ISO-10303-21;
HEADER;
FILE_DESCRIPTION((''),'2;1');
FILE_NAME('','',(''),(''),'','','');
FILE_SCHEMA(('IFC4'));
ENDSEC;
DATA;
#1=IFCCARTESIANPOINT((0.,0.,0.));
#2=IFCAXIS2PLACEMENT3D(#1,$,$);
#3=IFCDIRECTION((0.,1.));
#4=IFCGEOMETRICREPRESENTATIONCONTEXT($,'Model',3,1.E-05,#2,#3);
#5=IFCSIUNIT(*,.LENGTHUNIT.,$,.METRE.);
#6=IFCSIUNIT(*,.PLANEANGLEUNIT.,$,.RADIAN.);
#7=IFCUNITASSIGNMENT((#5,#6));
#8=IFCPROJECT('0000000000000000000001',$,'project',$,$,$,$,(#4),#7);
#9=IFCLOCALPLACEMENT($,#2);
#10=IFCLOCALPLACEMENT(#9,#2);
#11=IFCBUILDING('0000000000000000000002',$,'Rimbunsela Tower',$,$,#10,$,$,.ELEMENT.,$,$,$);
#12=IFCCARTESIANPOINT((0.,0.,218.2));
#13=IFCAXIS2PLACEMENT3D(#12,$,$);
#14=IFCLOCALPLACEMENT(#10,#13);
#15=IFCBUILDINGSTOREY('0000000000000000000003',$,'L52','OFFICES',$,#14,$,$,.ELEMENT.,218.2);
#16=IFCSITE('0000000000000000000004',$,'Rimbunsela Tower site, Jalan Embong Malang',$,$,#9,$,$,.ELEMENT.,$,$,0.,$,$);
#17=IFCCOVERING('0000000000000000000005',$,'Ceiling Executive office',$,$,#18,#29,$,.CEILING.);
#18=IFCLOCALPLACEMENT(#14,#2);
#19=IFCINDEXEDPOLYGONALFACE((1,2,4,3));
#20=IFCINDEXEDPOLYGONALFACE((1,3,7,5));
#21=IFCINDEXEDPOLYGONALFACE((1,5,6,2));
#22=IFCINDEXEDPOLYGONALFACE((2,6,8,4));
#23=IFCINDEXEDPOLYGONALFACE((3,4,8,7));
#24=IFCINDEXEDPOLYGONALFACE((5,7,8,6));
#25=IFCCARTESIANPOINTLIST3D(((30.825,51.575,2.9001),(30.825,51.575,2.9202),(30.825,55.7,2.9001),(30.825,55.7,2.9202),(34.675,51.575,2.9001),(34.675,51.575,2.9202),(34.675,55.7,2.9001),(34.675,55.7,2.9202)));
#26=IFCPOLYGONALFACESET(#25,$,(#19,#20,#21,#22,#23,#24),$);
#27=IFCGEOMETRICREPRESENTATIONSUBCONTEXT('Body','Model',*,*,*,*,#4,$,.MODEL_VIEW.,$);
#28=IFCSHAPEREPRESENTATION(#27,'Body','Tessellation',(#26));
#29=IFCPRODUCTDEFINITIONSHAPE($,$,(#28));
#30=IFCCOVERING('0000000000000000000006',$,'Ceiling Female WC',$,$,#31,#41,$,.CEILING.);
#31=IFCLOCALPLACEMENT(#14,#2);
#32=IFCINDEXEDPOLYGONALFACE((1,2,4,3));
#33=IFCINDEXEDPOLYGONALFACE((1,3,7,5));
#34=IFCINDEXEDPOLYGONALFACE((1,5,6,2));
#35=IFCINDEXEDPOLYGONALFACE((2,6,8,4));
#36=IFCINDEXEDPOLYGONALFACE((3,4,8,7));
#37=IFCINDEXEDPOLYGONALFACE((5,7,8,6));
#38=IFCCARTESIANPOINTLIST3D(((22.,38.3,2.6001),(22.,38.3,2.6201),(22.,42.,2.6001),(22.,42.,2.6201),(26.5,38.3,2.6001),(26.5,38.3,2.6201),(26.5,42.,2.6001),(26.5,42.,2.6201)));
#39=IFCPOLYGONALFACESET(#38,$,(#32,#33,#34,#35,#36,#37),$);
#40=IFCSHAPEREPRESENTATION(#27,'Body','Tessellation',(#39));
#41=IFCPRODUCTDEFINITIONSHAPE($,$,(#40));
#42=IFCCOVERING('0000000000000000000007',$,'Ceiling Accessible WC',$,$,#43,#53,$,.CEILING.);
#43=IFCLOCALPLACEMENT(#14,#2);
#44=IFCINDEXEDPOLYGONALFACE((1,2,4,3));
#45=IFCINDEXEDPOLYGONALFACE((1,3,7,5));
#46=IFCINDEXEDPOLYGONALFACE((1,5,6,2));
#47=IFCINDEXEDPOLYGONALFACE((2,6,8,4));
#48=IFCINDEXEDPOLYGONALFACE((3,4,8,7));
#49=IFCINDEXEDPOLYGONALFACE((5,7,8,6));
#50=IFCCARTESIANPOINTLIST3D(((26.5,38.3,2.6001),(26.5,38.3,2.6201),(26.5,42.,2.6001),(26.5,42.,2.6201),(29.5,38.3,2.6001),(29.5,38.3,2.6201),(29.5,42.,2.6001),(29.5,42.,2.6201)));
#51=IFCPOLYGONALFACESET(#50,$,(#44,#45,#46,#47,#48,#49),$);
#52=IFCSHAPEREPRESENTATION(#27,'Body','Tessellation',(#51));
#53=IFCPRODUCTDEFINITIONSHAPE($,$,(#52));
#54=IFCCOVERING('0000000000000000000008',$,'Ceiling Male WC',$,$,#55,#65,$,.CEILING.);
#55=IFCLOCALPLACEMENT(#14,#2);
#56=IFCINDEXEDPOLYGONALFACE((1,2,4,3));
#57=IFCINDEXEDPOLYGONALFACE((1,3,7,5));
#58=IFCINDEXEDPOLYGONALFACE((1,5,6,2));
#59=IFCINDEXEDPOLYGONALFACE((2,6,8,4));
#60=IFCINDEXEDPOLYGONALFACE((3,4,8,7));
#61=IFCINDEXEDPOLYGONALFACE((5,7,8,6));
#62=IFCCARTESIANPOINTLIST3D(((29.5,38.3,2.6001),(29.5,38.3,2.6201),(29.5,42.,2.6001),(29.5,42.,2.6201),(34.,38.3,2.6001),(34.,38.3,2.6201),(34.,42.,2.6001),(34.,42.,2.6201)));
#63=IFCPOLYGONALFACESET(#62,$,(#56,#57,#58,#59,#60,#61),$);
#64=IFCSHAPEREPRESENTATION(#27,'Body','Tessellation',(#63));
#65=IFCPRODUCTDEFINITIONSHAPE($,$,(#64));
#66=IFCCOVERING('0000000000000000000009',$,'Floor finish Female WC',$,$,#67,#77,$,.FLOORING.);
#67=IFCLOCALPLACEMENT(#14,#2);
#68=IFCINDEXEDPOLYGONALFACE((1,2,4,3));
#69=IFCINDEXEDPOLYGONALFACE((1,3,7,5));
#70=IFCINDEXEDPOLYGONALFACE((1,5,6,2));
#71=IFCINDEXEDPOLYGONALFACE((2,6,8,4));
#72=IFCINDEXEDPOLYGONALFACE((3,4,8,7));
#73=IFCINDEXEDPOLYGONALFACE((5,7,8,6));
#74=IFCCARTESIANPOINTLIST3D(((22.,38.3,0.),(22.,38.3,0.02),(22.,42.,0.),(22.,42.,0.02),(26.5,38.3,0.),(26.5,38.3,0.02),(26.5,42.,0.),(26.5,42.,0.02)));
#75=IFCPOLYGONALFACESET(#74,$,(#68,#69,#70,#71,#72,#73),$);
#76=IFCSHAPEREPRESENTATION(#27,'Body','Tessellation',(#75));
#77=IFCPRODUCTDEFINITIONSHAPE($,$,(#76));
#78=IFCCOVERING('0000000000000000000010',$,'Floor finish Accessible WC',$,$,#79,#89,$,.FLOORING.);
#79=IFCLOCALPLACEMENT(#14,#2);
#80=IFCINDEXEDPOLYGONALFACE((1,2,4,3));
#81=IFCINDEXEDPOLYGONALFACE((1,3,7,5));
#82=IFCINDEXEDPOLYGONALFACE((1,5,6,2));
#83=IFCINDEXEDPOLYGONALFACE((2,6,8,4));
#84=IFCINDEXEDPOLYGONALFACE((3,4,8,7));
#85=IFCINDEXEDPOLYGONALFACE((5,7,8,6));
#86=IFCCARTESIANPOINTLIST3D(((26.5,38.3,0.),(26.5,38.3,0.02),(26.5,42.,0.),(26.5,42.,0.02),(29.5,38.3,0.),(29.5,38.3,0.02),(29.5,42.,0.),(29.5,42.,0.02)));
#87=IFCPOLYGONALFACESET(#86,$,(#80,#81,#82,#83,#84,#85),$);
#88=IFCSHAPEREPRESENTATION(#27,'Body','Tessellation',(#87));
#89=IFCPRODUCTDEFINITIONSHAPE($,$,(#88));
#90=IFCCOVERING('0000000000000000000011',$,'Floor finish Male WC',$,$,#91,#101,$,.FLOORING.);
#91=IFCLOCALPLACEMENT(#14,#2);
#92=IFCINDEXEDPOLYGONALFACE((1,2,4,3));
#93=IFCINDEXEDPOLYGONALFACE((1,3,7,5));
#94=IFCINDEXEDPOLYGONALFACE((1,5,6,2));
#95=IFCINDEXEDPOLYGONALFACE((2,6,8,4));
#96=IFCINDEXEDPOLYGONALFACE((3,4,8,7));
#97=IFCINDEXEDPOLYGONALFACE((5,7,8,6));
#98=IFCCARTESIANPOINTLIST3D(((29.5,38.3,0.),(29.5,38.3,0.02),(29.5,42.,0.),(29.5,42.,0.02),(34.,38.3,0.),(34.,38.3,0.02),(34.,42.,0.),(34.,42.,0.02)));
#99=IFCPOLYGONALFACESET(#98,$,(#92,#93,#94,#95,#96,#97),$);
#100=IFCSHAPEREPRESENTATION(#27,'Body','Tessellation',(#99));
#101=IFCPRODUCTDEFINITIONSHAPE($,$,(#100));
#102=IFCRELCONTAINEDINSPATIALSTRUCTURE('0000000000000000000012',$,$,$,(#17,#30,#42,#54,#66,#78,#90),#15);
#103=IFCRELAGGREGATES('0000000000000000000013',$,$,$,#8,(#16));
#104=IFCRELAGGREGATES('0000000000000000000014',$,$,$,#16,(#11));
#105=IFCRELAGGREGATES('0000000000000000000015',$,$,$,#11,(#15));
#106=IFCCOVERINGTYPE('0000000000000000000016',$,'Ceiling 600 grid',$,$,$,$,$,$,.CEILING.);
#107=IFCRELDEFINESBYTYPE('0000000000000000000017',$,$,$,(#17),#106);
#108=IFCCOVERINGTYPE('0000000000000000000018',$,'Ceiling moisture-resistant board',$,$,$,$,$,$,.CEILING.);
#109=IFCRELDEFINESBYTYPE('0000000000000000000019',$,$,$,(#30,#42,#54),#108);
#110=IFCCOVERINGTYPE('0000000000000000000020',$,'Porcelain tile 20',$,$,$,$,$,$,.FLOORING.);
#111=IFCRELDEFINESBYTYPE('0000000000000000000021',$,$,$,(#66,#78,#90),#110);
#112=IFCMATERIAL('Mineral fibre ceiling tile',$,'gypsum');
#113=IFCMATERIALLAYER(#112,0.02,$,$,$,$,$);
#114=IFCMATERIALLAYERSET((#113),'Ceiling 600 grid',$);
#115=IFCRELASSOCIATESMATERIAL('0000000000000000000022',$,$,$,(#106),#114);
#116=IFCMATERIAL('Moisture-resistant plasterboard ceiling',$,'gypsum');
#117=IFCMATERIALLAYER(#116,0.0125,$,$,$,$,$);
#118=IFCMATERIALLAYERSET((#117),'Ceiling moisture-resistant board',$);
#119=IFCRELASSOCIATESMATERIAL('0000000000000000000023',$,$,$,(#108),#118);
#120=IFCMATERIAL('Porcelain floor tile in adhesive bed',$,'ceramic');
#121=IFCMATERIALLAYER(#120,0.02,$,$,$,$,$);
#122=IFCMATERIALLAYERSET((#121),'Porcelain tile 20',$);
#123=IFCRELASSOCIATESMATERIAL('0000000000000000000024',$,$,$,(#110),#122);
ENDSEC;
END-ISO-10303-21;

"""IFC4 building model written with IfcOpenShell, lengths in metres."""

from ifc_helpers import new_model, si_unit, direction, frame, origin, place, context, subcontext, project, spatial, polyline, outline, extrude, material, layer, layer_set, type_object, element, save


model = new_model("IFC4")

# Units and contexts
model_context = context("Model", 3, precision=1e-05, world=origin(), true_north=direction((0.0, 1.0)))
body_context = subcontext(model_context, "Body", "Model", "MODEL_VIEW")
ifc_project = project(units=[si_unit("LENGTHUNIT", "METRE"), si_unit("PLANEANGLEUNIT", "RADIAN")], contexts=[model_context])

# Site, building, storey
site_placement = place(None, origin())
site = spatial("IfcSite", under=ifc_project, at=site_placement, Name="Rimbunsela Tower site, Jalan Embong Malang", CompositionType="ELEMENT", RefElevation=0.0)
building_placement = place(site_placement, origin())
building = spatial("IfcBuilding", under=site, at=building_placement, Name="Rimbunsela Tower", CompositionType="ELEMENT")
storey_placement = place(building_placement, frame((0.0, 0.0, 218.2)))
storey = spatial("IfcBuildingStorey", under=building, at=storey_placement, Name="L52", Description="OFFICES", CompositionType="ELEMENT", Elevation=218.2)

# Coverings
ifc_material_1 = material(Name="Mineral fibre ceiling tile", Category="gypsum")
ifc_layer_1 = layer(ifc_material_1, 0.02)
ifc_layer_set_1 = layer_set([ifc_layer_1], Name="Ceiling 600 grid")
covering_type_1 = type_object("IfcCoveringType", Name="Ceiling 600 grid", PredefinedType="CEILING", material=ifc_layer_set_1)
covering_1_placement = place(storey_placement, frame((0.0, 0.0, 2.9001)))
element("IfcCovering", 1, at=covering_1_placement, inside=storey, type_object=covering_type_1, Name="Ceiling Executive office", PredefinedType="CEILING", context=body_context, shape_type="SweptSolid", body=[
    extrude(outline(polyline([(34.675, 51.575), (34.675, 55.7), (30.825, 55.7), (30.825, 51.575), (34.675, 51.575)])), origin(), (0.0, 0.0, 1.0), 0.02),
])
ifc_material_2 = material(Name="Moisture-resistant plasterboard ceiling", Category="gypsum")
ifc_layer_2 = layer(ifc_material_2, 0.0125)
ifc_layer_set_2 = layer_set([ifc_layer_2], Name="Ceiling moisture-resistant board")
covering_type_2 = type_object("IfcCoveringType", Name="Ceiling moisture-resistant board", PredefinedType="CEILING", material=ifc_layer_set_2)
covering_2_placement = place(storey_placement, frame((0.0, 0.0, 2.6001)))
element("IfcCovering", 2, at=covering_2_placement, inside=storey, type_object=covering_type_2, Name="Ceiling Female WC", PredefinedType="CEILING", context=body_context, shape_type="SweptSolid", body=[
    extrude(outline(polyline([(26.5, 38.3), (26.5, 42.0), (22.0, 42.0), (22.0, 38.3), (26.5, 38.3)])), origin(), (0.0, 0.0, 1.0), 0.02),
])
covering_3_placement = place(storey_placement, frame((0.0, 0.0, 2.6001)))
element("IfcCovering", 3, at=covering_3_placement, inside=storey, type_object=covering_type_2, Name="Ceiling Accessible WC", PredefinedType="CEILING", context=body_context, shape_type="SweptSolid", body=[
    extrude(outline(polyline([(29.5, 38.3), (29.5, 42.0), (26.5, 42.0), (26.5, 38.3), (29.5, 38.3)])), origin(), (0.0, 0.0, 1.0), 0.02),
])
covering_4_placement = place(storey_placement, frame((0.0, 0.0, 2.6001)))
element("IfcCovering", 4, at=covering_4_placement, inside=storey, type_object=covering_type_2, Name="Ceiling Male WC", PredefinedType="CEILING", context=body_context, shape_type="SweptSolid", body=[
    extrude(outline(polyline([(34.0, 38.3), (34.0, 42.0), (29.5, 42.0), (29.5, 38.3), (34.0, 38.3)])), origin(), (0.0, 0.0, 1.0), 0.02),
])
ifc_material_3 = material(Name="Porcelain floor tile in adhesive bed", Category="ceramic")
ifc_layer_3 = layer(ifc_material_3, 0.02)
ifc_layer_set_3 = layer_set([ifc_layer_3], Name="Porcelain tile 20")
covering_type_3 = type_object("IfcCoveringType", Name="Porcelain tile 20", PredefinedType="FLOORING", material=ifc_layer_set_3)
covering_5_placement = place(storey_placement, origin())
element("IfcCovering", 5, at=covering_5_placement, inside=storey, type_object=covering_type_3, Name="Floor finish Female WC", PredefinedType="FLOORING", context=body_context, shape_type="SweptSolid", body=[
    extrude(outline(polyline([(26.5, 38.3), (26.5, 42.0), (22.0, 42.0), (22.0, 38.3), (26.5, 38.3)])), origin(), (0.0, 0.0, 1.0), 0.02),
])
covering_6_placement = place(storey_placement, origin())
element("IfcCovering", 6, at=covering_6_placement, inside=storey, type_object=covering_type_3, Name="Floor finish Accessible WC", PredefinedType="FLOORING", context=body_context, shape_type="SweptSolid", body=[
    extrude(outline(polyline([(29.5, 38.3), (29.5, 42.0), (26.5, 42.0), (26.5, 38.3), (29.5, 38.3)])), origin(), (0.0, 0.0, 1.0), 0.02),
])
covering_7_placement = place(storey_placement, origin())
element("IfcCovering", 7, at=covering_7_placement, inside=storey, type_object=covering_type_3, Name="Floor finish Male WC", PredefinedType="FLOORING", context=body_context, shape_type="SweptSolid", body=[
    extrude(outline(polyline([(34.0, 38.3), (34.0, 42.0), (29.5, 42.0), (29.5, 38.3), (34.0, 38.3)])), origin(), (0.0, 0.0, 1.0), 0.02),
])

save(model, "model.ifc")
